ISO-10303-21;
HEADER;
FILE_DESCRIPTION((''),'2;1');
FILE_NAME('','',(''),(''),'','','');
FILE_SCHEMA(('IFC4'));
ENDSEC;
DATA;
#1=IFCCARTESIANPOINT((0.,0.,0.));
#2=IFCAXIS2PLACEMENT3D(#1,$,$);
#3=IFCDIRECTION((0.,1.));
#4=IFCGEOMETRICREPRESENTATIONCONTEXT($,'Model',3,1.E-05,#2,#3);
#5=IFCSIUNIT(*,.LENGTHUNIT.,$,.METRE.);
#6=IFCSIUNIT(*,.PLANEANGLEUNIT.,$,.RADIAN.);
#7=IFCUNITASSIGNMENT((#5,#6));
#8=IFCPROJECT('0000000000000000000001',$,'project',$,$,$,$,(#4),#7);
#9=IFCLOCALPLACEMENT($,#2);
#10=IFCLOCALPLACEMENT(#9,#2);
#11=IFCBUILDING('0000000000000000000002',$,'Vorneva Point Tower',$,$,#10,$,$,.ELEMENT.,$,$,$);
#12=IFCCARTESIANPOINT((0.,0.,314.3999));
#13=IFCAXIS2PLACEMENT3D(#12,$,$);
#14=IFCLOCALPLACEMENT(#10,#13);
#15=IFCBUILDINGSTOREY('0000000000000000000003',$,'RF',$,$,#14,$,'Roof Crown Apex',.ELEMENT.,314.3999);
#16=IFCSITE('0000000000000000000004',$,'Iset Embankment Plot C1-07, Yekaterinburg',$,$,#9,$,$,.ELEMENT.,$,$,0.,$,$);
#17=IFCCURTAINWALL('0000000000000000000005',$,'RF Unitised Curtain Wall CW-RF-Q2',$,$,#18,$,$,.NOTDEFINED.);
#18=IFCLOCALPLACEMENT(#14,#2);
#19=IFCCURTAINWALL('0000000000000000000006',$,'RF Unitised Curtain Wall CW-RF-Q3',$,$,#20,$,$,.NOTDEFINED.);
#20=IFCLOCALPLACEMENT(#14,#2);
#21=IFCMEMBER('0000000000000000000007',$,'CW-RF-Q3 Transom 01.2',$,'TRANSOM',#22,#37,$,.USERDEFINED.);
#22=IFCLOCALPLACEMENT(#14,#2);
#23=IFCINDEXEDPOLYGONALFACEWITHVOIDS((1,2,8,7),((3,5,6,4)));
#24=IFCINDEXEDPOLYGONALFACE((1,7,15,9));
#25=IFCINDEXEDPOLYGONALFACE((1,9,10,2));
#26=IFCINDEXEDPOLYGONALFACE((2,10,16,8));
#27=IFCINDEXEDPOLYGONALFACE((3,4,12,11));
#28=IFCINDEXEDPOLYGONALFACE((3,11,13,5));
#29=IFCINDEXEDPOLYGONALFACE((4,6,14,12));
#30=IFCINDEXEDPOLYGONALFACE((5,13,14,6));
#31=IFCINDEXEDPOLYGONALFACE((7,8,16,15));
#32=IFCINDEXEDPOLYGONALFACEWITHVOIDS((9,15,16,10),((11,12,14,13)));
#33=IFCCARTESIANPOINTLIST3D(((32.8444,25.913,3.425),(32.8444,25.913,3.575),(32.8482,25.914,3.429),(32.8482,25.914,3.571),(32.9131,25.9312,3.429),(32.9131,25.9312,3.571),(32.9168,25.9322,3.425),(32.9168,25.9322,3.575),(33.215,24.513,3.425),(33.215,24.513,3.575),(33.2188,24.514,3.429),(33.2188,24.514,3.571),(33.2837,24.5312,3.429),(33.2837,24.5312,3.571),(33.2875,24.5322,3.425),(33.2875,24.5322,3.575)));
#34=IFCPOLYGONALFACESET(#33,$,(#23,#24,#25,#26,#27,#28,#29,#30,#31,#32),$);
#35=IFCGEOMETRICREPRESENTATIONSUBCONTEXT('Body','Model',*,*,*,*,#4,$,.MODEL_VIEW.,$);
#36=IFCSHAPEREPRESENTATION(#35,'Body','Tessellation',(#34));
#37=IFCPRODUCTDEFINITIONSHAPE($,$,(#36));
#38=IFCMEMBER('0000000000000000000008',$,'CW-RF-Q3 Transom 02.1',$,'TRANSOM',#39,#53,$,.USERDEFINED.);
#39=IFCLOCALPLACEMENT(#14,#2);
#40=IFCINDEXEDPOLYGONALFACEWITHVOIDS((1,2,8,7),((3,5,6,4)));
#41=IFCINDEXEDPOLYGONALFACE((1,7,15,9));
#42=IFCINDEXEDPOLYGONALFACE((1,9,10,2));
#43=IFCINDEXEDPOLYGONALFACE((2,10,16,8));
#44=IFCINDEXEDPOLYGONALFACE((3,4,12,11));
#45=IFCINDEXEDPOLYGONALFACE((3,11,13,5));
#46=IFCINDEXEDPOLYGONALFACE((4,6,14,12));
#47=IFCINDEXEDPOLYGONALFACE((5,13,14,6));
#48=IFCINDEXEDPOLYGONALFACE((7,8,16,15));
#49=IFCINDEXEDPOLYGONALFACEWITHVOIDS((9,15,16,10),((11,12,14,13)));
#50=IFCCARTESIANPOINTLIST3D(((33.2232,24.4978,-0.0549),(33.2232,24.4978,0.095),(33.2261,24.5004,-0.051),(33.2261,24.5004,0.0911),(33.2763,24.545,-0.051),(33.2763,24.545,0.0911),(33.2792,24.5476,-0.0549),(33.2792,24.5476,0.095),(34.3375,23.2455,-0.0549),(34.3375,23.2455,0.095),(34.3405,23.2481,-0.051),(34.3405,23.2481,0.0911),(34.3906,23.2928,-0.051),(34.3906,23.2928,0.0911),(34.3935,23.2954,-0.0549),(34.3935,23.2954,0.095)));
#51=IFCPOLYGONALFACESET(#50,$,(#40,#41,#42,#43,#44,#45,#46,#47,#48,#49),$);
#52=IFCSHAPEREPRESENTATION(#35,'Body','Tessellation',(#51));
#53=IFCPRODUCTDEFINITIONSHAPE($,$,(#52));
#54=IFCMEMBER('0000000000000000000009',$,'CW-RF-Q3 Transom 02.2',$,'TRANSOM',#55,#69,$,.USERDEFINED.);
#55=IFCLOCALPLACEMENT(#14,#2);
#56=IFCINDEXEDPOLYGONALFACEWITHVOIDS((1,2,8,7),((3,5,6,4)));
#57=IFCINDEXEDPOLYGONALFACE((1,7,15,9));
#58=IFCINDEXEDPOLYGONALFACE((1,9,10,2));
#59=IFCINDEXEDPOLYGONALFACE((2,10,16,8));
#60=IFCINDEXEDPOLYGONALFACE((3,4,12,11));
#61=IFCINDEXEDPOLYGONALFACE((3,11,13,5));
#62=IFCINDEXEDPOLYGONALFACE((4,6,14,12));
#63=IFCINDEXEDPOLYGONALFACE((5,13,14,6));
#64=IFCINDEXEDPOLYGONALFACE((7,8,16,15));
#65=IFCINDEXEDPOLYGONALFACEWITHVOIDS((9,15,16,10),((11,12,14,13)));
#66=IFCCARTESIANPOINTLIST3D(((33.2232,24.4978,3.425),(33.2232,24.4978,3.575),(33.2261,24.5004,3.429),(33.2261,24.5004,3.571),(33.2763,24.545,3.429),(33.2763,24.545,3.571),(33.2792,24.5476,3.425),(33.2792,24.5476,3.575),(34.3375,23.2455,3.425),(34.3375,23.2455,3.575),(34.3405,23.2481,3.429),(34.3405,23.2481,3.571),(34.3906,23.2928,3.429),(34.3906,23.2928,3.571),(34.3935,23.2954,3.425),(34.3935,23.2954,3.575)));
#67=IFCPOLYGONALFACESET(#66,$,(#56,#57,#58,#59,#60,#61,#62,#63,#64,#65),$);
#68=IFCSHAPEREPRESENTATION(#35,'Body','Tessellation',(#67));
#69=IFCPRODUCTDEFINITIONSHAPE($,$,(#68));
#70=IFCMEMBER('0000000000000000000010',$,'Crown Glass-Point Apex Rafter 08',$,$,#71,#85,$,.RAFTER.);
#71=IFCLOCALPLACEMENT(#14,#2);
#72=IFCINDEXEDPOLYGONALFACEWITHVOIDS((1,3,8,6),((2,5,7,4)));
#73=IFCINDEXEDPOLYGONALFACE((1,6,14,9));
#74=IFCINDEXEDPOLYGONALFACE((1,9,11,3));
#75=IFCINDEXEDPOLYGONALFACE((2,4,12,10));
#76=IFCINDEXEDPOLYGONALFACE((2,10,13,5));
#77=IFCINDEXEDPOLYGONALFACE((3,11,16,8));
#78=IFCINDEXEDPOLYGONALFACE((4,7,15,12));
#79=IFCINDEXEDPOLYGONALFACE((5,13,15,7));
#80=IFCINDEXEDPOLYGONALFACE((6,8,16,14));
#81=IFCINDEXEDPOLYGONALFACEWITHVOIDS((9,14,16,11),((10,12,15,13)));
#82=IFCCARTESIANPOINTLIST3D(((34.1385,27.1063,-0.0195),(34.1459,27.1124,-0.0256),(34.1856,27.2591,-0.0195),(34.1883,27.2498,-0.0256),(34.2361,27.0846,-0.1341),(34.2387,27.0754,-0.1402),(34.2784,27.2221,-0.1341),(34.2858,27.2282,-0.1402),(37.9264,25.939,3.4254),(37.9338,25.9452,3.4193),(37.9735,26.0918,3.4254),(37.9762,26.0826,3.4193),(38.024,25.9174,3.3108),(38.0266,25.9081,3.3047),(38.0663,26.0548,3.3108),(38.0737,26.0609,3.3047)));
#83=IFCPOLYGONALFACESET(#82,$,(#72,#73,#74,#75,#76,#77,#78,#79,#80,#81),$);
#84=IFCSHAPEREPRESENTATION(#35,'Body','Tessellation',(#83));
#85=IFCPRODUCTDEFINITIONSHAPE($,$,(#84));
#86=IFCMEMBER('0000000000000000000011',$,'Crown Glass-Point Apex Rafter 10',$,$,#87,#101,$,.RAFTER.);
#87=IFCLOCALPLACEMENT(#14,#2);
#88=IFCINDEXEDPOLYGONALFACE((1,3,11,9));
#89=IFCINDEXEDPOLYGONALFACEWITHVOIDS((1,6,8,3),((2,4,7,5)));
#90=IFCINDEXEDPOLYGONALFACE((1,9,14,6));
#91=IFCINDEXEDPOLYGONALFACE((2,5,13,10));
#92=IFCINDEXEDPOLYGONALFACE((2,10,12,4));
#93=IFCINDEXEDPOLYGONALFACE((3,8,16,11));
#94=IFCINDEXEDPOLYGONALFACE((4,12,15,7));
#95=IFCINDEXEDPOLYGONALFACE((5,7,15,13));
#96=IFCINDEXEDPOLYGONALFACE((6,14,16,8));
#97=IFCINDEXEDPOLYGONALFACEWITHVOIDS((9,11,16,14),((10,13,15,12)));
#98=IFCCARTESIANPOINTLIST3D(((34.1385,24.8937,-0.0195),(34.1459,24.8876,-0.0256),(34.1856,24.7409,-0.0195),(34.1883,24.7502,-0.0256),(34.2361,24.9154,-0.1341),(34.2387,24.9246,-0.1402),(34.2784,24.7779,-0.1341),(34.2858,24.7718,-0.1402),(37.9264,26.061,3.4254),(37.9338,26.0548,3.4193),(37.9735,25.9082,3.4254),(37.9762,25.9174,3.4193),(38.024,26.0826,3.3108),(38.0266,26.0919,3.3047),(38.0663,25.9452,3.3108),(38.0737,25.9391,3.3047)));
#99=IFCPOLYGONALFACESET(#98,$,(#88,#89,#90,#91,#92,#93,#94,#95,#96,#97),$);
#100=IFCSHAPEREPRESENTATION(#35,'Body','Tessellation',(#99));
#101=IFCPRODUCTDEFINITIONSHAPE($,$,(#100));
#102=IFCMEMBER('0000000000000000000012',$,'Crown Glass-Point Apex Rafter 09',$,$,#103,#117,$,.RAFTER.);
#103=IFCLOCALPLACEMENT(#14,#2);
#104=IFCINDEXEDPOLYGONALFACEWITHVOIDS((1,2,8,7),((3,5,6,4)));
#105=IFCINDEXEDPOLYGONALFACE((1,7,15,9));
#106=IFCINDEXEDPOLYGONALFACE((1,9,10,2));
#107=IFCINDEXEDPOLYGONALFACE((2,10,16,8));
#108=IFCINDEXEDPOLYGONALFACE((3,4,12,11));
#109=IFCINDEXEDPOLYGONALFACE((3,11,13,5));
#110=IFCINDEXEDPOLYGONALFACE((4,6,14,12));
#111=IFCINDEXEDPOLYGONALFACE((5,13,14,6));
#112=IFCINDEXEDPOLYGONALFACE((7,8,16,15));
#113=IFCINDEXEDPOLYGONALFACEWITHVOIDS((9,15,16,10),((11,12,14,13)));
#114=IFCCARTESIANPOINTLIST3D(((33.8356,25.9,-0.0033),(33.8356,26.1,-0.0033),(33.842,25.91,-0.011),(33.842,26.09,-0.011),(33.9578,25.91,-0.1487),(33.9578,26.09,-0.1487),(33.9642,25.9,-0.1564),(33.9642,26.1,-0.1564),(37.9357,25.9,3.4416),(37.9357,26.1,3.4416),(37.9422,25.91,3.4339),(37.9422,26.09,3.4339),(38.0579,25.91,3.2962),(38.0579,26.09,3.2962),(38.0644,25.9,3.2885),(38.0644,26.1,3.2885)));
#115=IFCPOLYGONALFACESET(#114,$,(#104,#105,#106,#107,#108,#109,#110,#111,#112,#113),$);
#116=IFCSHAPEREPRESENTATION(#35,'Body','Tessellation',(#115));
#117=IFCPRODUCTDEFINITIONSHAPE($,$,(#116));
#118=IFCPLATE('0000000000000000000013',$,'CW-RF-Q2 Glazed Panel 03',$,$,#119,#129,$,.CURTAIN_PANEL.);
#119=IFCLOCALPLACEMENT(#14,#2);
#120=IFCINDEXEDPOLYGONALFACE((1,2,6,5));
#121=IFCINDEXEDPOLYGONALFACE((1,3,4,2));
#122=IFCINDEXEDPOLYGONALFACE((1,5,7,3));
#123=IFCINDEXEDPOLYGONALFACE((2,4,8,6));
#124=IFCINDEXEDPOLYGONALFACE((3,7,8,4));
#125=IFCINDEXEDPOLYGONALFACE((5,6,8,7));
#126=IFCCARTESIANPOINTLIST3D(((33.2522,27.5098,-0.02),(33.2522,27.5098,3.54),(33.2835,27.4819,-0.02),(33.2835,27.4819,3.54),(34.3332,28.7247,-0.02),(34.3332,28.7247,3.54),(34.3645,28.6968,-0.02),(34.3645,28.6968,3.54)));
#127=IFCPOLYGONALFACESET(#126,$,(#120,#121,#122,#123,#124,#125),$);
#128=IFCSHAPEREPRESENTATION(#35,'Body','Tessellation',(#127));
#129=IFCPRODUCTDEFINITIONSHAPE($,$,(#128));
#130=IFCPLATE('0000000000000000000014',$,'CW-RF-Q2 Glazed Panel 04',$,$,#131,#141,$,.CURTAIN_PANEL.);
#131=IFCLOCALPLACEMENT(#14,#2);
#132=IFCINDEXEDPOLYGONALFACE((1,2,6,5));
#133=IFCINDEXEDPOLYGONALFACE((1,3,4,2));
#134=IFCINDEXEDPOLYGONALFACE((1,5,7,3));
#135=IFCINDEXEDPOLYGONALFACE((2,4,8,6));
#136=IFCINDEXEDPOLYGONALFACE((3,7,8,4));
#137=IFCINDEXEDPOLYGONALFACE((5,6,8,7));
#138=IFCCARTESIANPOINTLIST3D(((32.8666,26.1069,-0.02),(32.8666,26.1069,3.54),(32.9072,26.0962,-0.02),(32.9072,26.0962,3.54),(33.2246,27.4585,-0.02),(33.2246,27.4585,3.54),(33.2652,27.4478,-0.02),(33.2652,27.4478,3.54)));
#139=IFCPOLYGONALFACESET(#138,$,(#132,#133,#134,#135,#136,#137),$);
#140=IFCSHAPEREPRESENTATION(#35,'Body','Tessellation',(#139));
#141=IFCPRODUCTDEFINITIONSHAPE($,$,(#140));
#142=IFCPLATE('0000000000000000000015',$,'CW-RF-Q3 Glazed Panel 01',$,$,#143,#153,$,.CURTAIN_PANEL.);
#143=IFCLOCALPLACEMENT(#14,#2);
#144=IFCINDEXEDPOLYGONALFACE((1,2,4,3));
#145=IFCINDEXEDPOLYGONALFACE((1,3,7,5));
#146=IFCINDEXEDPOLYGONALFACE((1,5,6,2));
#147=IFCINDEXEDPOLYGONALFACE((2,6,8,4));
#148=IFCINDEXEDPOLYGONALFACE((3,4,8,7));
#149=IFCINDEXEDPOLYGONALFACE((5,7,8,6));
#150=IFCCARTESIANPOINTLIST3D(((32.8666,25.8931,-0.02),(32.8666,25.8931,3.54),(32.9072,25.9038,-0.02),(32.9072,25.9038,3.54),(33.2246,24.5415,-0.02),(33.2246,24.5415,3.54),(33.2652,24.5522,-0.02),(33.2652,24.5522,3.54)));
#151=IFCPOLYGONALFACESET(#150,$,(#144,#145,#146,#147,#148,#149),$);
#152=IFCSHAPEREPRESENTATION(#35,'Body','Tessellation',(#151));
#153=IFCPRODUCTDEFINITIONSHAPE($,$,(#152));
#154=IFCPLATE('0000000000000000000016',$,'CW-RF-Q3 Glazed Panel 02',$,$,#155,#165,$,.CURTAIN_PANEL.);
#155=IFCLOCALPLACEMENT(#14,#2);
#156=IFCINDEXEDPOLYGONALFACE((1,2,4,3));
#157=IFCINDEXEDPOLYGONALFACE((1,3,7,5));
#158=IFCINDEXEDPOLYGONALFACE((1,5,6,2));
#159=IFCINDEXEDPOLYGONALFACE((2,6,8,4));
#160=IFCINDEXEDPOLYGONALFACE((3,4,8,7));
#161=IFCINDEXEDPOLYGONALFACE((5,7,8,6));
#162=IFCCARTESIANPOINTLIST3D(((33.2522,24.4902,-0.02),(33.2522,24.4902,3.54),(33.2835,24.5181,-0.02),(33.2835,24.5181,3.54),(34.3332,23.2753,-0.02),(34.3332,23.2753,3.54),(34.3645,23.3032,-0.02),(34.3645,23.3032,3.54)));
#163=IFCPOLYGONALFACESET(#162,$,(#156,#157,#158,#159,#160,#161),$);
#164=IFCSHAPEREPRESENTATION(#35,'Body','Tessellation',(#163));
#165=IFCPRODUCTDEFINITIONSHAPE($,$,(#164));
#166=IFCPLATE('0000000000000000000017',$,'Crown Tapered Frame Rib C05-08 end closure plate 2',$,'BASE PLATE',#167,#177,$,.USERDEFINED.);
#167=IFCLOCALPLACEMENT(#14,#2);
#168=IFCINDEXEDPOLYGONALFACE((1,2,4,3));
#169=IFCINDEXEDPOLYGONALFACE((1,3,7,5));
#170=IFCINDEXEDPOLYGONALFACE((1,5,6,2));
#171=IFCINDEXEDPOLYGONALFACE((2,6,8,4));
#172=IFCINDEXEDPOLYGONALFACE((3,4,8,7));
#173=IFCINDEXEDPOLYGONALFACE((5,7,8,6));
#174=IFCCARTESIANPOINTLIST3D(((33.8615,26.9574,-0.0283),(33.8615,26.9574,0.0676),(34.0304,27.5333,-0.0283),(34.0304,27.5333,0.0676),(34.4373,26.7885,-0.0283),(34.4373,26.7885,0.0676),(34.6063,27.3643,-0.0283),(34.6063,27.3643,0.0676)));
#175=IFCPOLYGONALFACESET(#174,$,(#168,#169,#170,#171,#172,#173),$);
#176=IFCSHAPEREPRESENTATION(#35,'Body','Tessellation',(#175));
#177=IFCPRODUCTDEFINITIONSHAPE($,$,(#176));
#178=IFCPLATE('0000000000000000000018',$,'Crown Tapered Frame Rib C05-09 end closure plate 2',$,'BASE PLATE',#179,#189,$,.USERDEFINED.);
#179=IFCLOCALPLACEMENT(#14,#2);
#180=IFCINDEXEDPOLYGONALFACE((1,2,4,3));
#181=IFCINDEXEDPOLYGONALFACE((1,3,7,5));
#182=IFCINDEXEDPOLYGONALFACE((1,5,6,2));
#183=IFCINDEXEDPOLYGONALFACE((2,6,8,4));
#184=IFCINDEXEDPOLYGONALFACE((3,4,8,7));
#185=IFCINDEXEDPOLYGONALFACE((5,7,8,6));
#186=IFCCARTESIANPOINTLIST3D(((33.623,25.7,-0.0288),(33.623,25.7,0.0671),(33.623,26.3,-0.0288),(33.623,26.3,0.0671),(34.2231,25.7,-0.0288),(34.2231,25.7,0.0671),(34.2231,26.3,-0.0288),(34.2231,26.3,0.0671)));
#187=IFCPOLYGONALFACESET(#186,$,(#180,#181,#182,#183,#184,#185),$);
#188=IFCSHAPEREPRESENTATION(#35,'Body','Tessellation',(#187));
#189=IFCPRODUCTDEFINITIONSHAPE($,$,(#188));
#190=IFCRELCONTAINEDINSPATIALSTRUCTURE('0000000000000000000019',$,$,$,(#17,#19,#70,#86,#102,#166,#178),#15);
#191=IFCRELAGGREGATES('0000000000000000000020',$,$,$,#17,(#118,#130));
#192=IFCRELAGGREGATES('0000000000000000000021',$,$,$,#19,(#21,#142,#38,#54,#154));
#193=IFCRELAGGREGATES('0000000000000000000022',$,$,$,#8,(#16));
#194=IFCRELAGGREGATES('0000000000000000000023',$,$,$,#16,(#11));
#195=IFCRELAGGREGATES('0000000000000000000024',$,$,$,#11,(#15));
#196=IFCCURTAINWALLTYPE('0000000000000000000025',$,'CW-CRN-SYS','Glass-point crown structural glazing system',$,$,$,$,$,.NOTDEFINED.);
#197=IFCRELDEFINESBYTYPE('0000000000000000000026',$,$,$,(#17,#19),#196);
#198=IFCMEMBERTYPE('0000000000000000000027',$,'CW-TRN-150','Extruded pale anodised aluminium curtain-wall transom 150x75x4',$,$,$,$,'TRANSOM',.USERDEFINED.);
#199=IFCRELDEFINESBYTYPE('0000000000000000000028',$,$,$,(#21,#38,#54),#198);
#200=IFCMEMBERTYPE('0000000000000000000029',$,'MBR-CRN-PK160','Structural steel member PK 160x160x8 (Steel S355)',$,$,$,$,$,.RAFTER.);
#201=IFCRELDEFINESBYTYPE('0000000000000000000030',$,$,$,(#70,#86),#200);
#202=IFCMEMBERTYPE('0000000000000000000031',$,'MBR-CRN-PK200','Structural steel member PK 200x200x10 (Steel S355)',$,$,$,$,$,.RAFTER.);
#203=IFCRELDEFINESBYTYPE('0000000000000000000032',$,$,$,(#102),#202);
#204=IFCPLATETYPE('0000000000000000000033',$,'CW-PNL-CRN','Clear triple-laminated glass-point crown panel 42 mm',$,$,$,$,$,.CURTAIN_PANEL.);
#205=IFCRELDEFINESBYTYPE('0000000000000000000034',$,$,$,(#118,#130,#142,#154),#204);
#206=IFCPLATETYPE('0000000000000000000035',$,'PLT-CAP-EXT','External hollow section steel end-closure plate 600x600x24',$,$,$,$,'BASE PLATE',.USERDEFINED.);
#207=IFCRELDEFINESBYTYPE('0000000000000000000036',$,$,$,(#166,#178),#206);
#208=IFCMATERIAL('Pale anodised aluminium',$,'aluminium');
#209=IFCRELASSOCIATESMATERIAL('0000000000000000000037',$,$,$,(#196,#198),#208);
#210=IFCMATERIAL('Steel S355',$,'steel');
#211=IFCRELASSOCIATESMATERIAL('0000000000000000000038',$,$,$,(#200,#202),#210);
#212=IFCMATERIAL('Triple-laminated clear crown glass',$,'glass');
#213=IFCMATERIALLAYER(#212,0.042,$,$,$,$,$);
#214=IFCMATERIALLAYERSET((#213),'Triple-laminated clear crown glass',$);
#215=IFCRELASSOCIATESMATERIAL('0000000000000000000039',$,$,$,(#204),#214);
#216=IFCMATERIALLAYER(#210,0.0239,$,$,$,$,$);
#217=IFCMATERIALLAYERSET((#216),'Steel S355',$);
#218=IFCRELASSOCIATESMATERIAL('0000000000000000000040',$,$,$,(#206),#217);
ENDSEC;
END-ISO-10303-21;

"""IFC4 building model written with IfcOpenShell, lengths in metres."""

from ifc_helpers import new_model, si_unit, direction, frame, origin, origin_2d, place, context, subcontext, project, spatial, rectangle, hollow_rectangle, extrude, material, layer, layer_set, material_profile, profile_set, type_object, element, aggregate, save


model = new_model("IFC4")

# Units and contexts
model_context = context("Model", 3, precision=1e-05, world=origin(), true_north=direction((0.0, 1.0)))
body_context = subcontext(model_context, "Body", "Model", "MODEL_VIEW")
ifc_project = project(units=[si_unit("LENGTHUNIT", "METRE"), si_unit("PLANEANGLEUNIT", "RADIAN")], contexts=[model_context])

# Site, building, storey
site_placement = place(None, origin())
site = spatial("IfcSite", under=ifc_project, at=site_placement, Name="Iset Embankment Plot C1-07, Yekaterinburg", CompositionType="ELEMENT", RefElevation=0.0)
building_placement = place(site_placement, origin())
building = spatial("IfcBuilding", under=site, at=building_placement, Name="Vorneva Point Tower", CompositionType="ELEMENT")
storey_placement = place(building_placement, frame((0.0, 0.0, 314.3999)))
storey = spatial("IfcBuildingStorey", under=building, at=storey_placement, Name="RF", LongName="Roof Crown Apex", CompositionType="ELEMENT", Elevation=314.3999)

# Curtain walls
ifc_material_1 = material(Name="Pale anodised aluminium", Category="aluminium")
curtain_wall_type = type_object("IfcCurtainWallType", Name="CW-CRN-SYS", Description="Glass-point crown structural glazing system", PredefinedType="NOTDEFINED", material=ifc_material_1)
curtain_wall_1_placement = place(storey_placement, origin())
curtain_wall_1 = element("IfcCurtainWall", 1, at=curtain_wall_1_placement, inside=storey, type_object=curtain_wall_type, Name="RF Unitised Curtain Wall CW-RF-Q2", PredefinedType="NOTDEFINED")
curtain_wall_2_placement = place(storey_placement, origin())
curtain_wall_2 = element("IfcCurtainWall", 2, at=curtain_wall_2_placement, inside=storey, type_object=curtain_wall_type, Name="RF Unitised Curtain Wall CW-RF-Q3", PredefinedType="NOTDEFINED")

# Members
ifc_material_profile_1 = material_profile(ifc_material_1, hollow_rectangle(XDim=0.075, YDim=0.1499, WallThickness=0.0039, at=origin_2d()), Name="AL-TRN 150x75x4")
ifc_profile_set_1 = profile_set([ifc_material_profile_1], Name="Pale anodised aluminium")
member_type_1 = type_object("IfcMemberType", Name="CW-TRN-150", Description="Extruded pale anodised aluminium curtain-wall transom 150x75x4", ElementType="TRANSOM", PredefinedType="USERDEFINED", material=ifc_profile_set_1)
member_1_placement = place(storey_placement, frame((32.8806, 25.9226, 3.5), z_axis=(0.25592, -0.966698, 0.0), x_axis=(0.966698, 0.25592, 0.0)))
member_1 = element("IfcMember", 3, at=member_1_placement, type_object=member_type_1, Name="CW-RF-Q3 Transom 01.2", ObjectType="TRANSOM", PredefinedType="USERDEFINED", context=body_context, shape_type="SweptSolid", body=[
    extrude(hollow_rectangle(XDim=0.075, YDim=0.1499, WallThickness=0.0039, at=origin_2d()), origin(), (0.0, 0.0, 1.0), 1.4482),
])
member_2_placement = place(storey_placement, frame((33.2512, 24.5227, 0.02), z_axis=(0.664762, -0.747056, 0.0), x_axis=(0.747056, 0.664762, 0.0)))
member_2 = element("IfcMember", 4, at=member_2_placement, type_object=member_type_1, Name="CW-RF-Q3 Transom 02.1", ObjectType="TRANSOM", PredefinedType="USERDEFINED", context=body_context, shape_type="SweptSolid", body=[
    extrude(hollow_rectangle(XDim=0.075, YDim=0.1499, WallThickness=0.0039, at=origin_2d()), origin(), (0.0, 0.0, 1.0), 1.6763),
])
member_3_placement = place(storey_placement, frame((33.2512, 24.5227, 3.5), z_axis=(0.664762, -0.747056, 0.0), x_axis=(0.747056, 0.664762, 0.0)))
member_3 = element("IfcMember", 5, at=member_3_placement, type_object=member_type_1, Name="CW-RF-Q3 Transom 02.2", ObjectType="TRANSOM", PredefinedType="USERDEFINED", context=body_context, shape_type="SweptSolid", body=[
    extrude(hollow_rectangle(XDim=0.075, YDim=0.1499, WallThickness=0.0039, at=origin_2d()), origin(), (0.0, 0.0, 1.0), 1.6763),
])

# Members
ifc_material_2 = material(Name="Steel S355", Category="steel")
ifc_material_profile_2 = material_profile(ifc_material_2, hollow_rectangle(XDim=0.1599, YDim=0.1599, WallThickness=0.0081, at=origin_2d()), Name="PK 160x160x8")
ifc_profile_set_2 = profile_set([ifc_material_profile_2], Name="Steel S355")
member_type_2 = type_object("IfcMemberType", Name="MBR-CRN-PK160", Description="Structural steel member PK 160x160x8 (Steel S355)", PredefinedType="RAFTER", material=ifc_profile_set_2)
for number, where, z_axis, x_axis, name in (
    (6, (34.2122, 27.1672, -0.0798), (0.721304, -0.222272, 0.655984), (0.294488, 0.955655, 0.0), "Crown Glass-Point Apex Rafter 08"),
    (7, (34.2122, 24.8328, -0.0798), (0.721304, 0.222272, 0.655984), (-0.294488, 0.955655, 0.0), "Crown Glass-Point Apex Rafter 10"),
):
    element("IfcMember", number, at=place(storey_placement, frame(where, z_axis=z_axis, x_axis=x_axis)), inside=storey, type_object=member_type_2, Name=name, PredefinedType="RAFTER", context=body_context, shape_type="SweptSolid", body=[
        extrude(hollow_rectangle(XDim=0.1599, YDim=0.1599, WallThickness=0.0081, at=origin_2d()), origin(), (0.0, 0.0, 1.0), 5.2515),
    ])
ifc_material_profile_3 = material_profile(ifc_material_2, hollow_rectangle(XDim=0.2, YDim=0.2, WallThickness=0.01, at=origin_2d()), Name="PK 200x200x10")
ifc_profile_set_3 = profile_set([ifc_material_profile_3], Name="Steel S355")
member_type_3 = type_object("IfcMemberType", Name="MBR-CRN-PK200", Description="Structural steel member PK 200x200x10 (Steel S355)", PredefinedType="RAFTER", material=ifc_profile_set_3)
member_4_placement = place(storey_placement, frame((33.8999, 26.0, -0.0798), z_axis=(0.765637, 0.0, 0.643273), x_axis=(0.0, 1.0, 0.0)))
element("IfcMember", 8, at=member_4_placement, inside=storey, type_object=member_type_3, Name="Crown Glass-Point Apex Rafter 09", PredefinedType="RAFTER", context=body_context, shape_type="SweptSolid", body=[
    extrude(hollow_rectangle(XDim=0.2, YDim=0.2, WallThickness=0.01, at=origin_2d()), origin(), (0.0, 0.0, 1.0), 5.3552),
])

# Plates
ifc_material_3 = material(Name="Triple-laminated clear crown glass", Category="glass")
ifc_layer_1 = layer(ifc_material_3, 0.042)
ifc_layer_set_1 = layer_set([ifc_layer_1], Name="Triple-laminated clear crown glass")
plate_type_1 = type_object("IfcPlateType", Name="CW-PNL-CRN", Description="Clear triple-laminated glass-point crown panel 42 mm", PredefinedType="CURTAIN_PANEL", material=ifc_layer_set_1)
plate_1_placement = place(storey_placement, frame((33.8083, 28.1033, -0.02), z_axis=(0.0, 0.0, 1.0), x_axis=(-0.664735, -0.747079, 0.0)))
plate_1 = element("IfcPlate", 9, at=plate_1_placement, type_object=plate_type_1, Name="CW-RF-Q2 Glazed Panel 03", PredefinedType="CURTAIN_PANEL", context=body_context, shape_type="SweptSolid", body=[
    extrude(rectangle(XDim=1.6262, YDim=0.042, at=origin_2d()), origin(), (0.0, 0.0, 1.0), 3.5601),
])
plate_2_placement = place(storey_placement, frame((33.0659, 26.7773, -0.02), z_axis=(0.0, 0.0, 1.0), x_axis=(-0.256053, -0.966663, 0.0)))
plate_2 = element("IfcPlate", 10, at=plate_2_placement, type_object=plate_type_1, Name="CW-RF-Q2 Glazed Panel 04", PredefinedType="CURTAIN_PANEL", context=body_context, shape_type="SweptSolid", body=[
    extrude(rectangle(XDim=1.3982, YDim=0.042, at=origin_2d()), origin(), (0.0, 0.0, 1.0), 3.5601),
])
aggregate(curtain_wall_1, [plate_1, plate_2])
plate_3_placement = place(storey_placement, frame((33.0659, 25.2227, -0.02), z_axis=(0.0, 0.0, 1.0), x_axis=(0.256053, -0.966663, 0.0)))
plate_3 = element("IfcPlate", 11, at=plate_3_placement, type_object=plate_type_1, Name="CW-RF-Q3 Glazed Panel 01", PredefinedType="CURTAIN_PANEL", context=body_context, shape_type="SweptSolid", body=[
    extrude(rectangle(XDim=1.3982, YDim=0.042, at=origin_2d()), origin(), (0.0, 0.0, 1.0), 3.5601),
])
plate_4_placement = place(storey_placement, frame((33.8083, 23.8967, -0.02), z_axis=(0.0, 0.0, 1.0), x_axis=(0.664735, -0.747079, 0.0)))
plate_4 = element("IfcPlate", 12, at=plate_4_placement, type_object=plate_type_1, Name="CW-RF-Q3 Glazed Panel 02", PredefinedType="CURTAIN_PANEL", context=body_context, shape_type="SweptSolid", body=[
    extrude(rectangle(XDim=1.6262, YDim=0.042, at=origin_2d()), origin(), (0.0, 0.0, 1.0), 3.5601),
])
aggregate(curtain_wall_2, [member_1, plate_3, member_2, member_3, plate_4])

# Plates
ifc_layer_2 = layer(ifc_material_2, 0.0239)
ifc_layer_set_2 = layer_set([ifc_layer_2], Name="Steel S355")
plate_type_2 = type_object("IfcPlateType", Name="PLT-CAP-EXT", Description="External hollow section steel end-closure plate 600x600x24", ElementType="BASE PLATE", PredefinedType="USERDEFINED", material=ifc_layer_set_2)
for number, where, z_axis, x_axis, name in (
    (13, (34.2339, 27.1609, -0.0283), (0.0, 0.0, 1.0), (0.959555, -0.281521, 0.0), "Crown Tapered Frame Rib C05-08 end closure plate 2"),
    (14, (33.9231, 26.0, -0.0288), (0.0, 0.0, 1.0), (1.0, 0.0, 0.0), "Crown Tapered Frame Rib C05-09 end closure plate 2"),
):
    element("IfcPlate", number, at=place(storey_placement, frame(where, z_axis=z_axis, x_axis=x_axis)), inside=storey, type_object=plate_type_2, Name=name, ObjectType="BASE PLATE", PredefinedType="USERDEFINED", context=body_context, shape_type="SweptSolid", body=[
        extrude(rectangle(XDim=0.6001, YDim=0.6001, at=origin_2d()), origin(), (0.0, 0.0, 1.0), 0.0959),
    ])

save(model, "model.ifc")
